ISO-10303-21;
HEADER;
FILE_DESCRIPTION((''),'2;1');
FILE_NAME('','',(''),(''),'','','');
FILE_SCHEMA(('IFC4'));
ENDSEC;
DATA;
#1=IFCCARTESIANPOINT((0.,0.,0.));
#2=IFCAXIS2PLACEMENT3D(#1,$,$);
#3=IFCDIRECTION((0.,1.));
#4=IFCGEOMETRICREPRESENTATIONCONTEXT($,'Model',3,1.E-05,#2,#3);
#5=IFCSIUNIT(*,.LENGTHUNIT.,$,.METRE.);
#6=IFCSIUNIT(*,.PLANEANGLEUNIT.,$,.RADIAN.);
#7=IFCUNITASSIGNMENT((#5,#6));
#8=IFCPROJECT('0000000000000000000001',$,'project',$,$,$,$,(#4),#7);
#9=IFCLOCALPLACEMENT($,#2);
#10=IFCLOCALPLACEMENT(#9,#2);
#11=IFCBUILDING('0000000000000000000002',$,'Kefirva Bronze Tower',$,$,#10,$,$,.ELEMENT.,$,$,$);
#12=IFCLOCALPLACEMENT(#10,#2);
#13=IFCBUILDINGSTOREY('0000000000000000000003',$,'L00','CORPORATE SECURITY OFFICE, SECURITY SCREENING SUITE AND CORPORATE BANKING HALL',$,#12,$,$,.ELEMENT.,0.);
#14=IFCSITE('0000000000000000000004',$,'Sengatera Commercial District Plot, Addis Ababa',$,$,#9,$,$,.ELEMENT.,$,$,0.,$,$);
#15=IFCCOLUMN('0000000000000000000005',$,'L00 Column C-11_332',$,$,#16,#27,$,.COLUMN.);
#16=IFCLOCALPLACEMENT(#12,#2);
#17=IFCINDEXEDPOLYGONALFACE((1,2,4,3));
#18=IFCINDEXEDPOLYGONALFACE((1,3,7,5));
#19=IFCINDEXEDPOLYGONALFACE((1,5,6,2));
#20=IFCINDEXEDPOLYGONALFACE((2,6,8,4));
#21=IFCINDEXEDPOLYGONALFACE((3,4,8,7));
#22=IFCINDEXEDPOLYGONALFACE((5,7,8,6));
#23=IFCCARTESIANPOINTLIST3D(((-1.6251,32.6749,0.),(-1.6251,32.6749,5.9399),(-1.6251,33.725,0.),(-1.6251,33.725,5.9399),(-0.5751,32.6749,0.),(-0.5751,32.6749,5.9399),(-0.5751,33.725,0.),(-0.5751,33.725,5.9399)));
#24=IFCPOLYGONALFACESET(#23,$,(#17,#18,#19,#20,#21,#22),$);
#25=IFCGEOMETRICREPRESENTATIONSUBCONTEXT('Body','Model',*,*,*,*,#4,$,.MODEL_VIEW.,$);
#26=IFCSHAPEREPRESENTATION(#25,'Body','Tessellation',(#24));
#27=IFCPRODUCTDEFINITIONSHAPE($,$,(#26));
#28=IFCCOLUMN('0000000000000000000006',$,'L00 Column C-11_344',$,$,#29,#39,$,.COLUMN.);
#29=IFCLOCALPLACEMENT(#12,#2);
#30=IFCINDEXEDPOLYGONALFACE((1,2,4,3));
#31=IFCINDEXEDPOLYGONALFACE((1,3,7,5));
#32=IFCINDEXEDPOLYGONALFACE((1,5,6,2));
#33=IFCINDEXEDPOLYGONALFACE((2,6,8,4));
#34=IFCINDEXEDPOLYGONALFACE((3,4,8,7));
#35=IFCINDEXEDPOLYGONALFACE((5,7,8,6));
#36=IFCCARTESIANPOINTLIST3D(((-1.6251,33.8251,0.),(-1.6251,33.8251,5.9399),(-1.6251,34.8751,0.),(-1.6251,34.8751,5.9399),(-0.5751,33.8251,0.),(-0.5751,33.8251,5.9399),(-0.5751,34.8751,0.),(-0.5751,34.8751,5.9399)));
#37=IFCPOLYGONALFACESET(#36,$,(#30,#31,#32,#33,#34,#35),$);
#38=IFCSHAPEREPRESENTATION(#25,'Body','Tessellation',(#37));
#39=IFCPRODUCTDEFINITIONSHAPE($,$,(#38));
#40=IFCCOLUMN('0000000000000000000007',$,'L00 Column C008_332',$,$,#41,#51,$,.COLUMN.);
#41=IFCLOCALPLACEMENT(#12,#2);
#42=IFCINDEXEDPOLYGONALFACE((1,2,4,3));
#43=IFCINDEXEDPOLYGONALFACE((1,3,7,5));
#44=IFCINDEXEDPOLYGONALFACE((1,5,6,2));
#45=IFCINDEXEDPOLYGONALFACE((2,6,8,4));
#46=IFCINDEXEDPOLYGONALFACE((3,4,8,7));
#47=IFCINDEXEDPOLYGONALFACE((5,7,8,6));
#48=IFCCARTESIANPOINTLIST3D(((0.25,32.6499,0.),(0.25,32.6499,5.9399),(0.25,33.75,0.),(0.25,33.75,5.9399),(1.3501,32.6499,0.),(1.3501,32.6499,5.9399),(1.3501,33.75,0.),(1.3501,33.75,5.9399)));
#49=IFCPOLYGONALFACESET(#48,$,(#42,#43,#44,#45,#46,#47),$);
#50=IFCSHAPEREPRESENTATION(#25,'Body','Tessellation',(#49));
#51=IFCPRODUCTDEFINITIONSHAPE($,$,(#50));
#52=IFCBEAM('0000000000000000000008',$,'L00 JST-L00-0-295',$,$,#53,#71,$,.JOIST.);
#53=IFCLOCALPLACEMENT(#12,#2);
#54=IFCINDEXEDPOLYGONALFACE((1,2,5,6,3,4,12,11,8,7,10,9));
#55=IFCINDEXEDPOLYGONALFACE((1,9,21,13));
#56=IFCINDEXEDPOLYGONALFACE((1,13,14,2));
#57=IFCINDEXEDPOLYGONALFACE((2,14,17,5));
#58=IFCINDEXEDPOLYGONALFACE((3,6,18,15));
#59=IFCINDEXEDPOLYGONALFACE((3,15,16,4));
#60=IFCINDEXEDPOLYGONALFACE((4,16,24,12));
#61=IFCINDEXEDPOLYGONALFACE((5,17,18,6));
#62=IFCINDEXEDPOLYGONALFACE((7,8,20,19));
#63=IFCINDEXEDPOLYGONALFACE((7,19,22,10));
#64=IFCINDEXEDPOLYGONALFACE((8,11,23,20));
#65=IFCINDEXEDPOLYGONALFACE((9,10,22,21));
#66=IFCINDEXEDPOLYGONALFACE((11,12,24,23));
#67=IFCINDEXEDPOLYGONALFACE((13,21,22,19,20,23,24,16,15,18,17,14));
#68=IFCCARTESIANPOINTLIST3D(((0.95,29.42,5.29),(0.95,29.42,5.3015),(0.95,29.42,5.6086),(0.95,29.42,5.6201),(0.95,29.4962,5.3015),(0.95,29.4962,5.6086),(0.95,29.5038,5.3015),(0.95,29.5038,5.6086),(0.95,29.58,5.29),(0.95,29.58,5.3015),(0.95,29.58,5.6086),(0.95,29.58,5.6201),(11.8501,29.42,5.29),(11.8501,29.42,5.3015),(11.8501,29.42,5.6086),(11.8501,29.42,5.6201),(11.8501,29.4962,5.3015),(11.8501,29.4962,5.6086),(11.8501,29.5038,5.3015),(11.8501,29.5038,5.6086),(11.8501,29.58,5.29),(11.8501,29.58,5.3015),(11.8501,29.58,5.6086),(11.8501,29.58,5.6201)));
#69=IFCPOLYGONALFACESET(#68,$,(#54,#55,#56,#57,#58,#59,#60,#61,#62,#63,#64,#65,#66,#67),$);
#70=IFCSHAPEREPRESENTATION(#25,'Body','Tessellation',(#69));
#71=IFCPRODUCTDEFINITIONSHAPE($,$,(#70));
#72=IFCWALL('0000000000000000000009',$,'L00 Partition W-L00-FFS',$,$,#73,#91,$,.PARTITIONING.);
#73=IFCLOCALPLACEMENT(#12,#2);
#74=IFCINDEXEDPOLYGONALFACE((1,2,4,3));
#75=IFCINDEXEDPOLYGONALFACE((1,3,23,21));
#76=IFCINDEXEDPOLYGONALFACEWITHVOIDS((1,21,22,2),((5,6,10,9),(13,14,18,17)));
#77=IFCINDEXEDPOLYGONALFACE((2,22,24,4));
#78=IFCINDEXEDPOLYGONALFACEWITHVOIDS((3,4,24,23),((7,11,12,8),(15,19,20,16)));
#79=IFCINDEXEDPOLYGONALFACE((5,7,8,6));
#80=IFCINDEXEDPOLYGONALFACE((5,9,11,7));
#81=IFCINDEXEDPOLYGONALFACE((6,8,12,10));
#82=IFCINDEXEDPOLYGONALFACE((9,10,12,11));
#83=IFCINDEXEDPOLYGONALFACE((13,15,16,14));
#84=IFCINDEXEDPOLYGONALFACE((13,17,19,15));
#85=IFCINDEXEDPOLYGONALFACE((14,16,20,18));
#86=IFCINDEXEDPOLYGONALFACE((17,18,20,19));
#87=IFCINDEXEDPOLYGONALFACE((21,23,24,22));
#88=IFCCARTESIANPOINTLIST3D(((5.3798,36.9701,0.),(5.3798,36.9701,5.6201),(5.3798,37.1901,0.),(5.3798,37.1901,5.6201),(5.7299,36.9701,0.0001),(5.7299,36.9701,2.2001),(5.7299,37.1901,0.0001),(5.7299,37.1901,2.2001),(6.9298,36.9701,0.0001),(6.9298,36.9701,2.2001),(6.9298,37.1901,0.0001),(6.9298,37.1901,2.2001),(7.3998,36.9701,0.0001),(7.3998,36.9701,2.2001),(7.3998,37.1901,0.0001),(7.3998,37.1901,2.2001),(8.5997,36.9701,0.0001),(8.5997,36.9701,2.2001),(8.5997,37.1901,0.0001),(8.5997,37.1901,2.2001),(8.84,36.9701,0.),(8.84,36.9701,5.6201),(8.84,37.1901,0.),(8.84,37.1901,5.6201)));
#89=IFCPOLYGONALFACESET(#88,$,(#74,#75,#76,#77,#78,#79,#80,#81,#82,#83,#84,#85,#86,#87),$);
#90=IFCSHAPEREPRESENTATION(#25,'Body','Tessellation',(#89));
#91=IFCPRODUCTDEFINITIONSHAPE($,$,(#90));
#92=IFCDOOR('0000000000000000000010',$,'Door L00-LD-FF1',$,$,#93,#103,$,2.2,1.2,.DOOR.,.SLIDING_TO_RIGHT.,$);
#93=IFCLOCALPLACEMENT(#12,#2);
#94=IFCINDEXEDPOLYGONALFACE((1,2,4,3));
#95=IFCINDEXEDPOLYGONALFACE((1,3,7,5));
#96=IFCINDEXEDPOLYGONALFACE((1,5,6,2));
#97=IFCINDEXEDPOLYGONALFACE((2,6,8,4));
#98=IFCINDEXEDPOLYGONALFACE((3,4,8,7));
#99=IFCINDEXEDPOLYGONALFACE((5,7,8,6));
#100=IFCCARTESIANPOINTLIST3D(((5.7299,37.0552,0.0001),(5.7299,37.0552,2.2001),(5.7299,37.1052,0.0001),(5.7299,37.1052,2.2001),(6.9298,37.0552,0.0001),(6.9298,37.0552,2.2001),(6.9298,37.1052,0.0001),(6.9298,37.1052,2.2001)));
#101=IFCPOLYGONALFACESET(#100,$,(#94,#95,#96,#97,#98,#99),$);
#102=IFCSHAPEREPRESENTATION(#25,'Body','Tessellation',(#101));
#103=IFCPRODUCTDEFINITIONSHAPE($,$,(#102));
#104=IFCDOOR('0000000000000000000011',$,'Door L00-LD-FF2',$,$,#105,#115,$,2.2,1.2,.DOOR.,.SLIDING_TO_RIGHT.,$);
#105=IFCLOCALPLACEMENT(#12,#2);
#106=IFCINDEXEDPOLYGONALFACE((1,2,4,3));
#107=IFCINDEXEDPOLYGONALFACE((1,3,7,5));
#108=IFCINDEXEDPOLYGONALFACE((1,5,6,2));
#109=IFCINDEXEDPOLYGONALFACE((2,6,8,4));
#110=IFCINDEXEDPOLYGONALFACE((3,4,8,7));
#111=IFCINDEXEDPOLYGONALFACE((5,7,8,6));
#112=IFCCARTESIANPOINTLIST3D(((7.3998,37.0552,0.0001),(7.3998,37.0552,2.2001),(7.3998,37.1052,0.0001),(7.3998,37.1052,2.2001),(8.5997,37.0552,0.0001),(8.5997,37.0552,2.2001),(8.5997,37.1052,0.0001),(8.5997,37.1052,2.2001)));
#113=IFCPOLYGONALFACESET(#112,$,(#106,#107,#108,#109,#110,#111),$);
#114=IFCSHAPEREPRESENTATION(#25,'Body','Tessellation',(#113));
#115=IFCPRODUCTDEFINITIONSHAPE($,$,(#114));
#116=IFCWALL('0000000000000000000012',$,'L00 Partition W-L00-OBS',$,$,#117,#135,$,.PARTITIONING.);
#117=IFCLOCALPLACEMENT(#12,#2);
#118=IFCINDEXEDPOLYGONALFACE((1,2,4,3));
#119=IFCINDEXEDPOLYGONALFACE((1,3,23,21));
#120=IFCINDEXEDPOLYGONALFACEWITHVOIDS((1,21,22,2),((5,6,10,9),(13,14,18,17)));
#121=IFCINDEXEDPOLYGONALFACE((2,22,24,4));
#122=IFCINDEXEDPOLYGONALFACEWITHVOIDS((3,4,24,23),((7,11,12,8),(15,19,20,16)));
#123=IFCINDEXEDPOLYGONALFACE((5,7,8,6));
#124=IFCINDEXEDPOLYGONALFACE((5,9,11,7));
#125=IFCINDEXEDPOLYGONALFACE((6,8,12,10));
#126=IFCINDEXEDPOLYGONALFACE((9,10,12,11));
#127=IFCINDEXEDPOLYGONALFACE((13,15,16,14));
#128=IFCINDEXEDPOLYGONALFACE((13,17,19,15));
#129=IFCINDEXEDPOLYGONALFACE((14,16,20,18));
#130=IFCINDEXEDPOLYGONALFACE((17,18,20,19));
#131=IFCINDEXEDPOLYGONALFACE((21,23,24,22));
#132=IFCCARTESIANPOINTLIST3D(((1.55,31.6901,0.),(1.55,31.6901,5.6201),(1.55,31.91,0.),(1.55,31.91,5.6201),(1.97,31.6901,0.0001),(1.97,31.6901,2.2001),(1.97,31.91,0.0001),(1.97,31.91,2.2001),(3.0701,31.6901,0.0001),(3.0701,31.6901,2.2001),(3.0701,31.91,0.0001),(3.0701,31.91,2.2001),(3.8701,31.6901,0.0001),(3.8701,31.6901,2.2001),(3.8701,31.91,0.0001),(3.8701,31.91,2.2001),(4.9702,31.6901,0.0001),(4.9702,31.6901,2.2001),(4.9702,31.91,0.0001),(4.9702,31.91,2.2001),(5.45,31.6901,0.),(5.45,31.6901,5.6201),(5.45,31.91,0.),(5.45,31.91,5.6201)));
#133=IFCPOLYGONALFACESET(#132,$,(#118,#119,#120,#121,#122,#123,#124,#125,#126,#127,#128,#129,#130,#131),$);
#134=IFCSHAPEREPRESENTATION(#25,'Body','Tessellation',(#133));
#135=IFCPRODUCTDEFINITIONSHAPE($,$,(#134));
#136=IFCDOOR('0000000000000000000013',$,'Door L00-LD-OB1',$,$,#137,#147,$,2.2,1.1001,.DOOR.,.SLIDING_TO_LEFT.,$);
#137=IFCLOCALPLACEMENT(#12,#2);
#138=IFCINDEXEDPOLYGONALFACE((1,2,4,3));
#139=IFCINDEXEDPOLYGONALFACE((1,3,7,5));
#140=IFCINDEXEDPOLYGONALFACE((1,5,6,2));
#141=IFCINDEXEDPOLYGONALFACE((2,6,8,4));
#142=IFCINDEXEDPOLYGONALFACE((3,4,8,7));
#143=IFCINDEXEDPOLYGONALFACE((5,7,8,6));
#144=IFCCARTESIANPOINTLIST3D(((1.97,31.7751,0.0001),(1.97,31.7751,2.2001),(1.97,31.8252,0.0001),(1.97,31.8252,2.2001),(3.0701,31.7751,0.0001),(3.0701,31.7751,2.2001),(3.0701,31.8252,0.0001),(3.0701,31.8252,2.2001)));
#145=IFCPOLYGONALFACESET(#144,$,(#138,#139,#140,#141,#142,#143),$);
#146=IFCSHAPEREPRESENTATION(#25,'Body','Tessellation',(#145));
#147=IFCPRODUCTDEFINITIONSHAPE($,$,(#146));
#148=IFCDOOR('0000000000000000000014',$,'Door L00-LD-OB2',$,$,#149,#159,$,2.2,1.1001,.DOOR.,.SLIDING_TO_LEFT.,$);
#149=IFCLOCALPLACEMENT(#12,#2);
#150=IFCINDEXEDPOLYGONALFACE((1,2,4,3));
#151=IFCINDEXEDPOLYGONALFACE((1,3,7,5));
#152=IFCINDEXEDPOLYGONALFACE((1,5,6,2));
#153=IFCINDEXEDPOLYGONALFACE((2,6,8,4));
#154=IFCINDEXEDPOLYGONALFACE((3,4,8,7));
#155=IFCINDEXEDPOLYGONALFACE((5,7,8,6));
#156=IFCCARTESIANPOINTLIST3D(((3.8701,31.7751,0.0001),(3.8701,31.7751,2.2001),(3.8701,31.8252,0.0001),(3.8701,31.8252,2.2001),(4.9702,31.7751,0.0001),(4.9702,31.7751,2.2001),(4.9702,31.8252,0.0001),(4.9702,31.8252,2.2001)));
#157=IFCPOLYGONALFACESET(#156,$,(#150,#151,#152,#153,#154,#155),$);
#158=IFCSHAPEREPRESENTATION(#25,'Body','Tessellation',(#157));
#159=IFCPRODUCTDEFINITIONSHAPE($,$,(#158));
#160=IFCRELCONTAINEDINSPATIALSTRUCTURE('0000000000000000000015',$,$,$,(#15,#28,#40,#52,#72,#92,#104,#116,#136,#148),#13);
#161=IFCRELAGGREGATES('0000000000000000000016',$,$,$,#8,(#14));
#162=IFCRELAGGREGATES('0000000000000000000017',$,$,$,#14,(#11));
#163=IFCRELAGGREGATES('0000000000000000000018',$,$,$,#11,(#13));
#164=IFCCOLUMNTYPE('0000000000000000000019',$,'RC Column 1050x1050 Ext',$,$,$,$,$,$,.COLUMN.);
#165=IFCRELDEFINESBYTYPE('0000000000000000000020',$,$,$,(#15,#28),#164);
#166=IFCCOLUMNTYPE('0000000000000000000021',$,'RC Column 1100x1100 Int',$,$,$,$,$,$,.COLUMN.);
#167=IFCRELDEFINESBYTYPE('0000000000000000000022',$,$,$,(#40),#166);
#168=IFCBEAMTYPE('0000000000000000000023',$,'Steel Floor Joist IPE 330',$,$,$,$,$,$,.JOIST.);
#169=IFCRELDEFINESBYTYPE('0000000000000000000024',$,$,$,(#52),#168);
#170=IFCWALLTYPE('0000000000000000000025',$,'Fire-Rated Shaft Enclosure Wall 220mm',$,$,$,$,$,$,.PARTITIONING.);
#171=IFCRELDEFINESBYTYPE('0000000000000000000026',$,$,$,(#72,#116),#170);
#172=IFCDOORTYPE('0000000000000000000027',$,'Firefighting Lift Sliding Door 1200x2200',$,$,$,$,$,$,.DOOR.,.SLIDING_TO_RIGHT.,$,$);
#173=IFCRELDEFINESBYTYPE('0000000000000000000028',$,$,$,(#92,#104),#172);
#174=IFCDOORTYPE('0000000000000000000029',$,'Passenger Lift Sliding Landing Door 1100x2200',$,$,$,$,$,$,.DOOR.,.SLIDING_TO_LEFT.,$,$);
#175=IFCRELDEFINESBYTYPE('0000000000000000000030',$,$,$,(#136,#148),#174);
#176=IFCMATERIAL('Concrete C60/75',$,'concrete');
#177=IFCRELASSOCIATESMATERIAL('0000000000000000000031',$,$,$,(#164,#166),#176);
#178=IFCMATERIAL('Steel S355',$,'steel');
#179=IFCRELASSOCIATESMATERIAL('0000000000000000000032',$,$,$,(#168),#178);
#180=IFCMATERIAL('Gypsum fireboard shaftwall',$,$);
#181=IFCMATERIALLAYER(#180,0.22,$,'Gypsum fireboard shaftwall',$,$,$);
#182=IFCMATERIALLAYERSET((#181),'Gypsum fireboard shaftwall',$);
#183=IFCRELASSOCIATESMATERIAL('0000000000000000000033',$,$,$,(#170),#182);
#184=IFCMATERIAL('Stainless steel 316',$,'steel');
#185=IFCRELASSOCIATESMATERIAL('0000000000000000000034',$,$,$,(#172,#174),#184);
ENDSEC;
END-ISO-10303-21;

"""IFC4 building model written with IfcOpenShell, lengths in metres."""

from ifc_helpers import new_model, si_unit, direction, frame, frame_2d, origin, origin_2d, place, context, subcontext, project, spatial, rectangle, i_section, extrude, material, layer, layer_set, material_profile, profile_set, type_object, element, fill, save


model = new_model("IFC4")

# Units and contexts
model_context = context("Model", 3, precision=1e-05, world=origin(), true_north=direction((0.0, 1.0)))
body_context = subcontext(model_context, "Body", "Model", "MODEL_VIEW")
ifc_project = project(units=[si_unit("LENGTHUNIT", "METRE"), si_unit("PLANEANGLEUNIT", "RADIAN")], contexts=[model_context])

# Site, building, storey
site_placement = place(None, origin())
site = spatial("IfcSite", under=ifc_project, at=site_placement, Name="Sengatera Commercial District Plot, Addis Ababa", CompositionType="ELEMENT", RefElevation=0.0)
building_placement = place(site_placement, origin())
building = spatial("IfcBuilding", under=site, at=building_placement, Name="Kefirva Bronze Tower", CompositionType="ELEMENT")
storey_placement = place(building_placement, origin())
storey = spatial("IfcBuildingStorey", under=building, at=storey_placement, Name="L00", Description="CORPORATE SECURITY OFFICE, SECURITY SCREENING SUITE AND CORPORATE BANKING HALL", CompositionType="ELEMENT", Elevation=0.0)

# Columns
ifc_material_1 = material(Name="Concrete C60/75", Category="concrete")
ifc_material_profile_1 = material_profile(ifc_material_1, rectangle(XDim=1.05, YDim=1.05, at=origin_2d()), Name="RC 1050x1050")
ifc_profile_set_1 = profile_set([ifc_material_profile_1], Name="Concrete C60/75")
column_type_1 = type_object("IfcColumnType", Name="RC Column 1050x1050 Ext", PredefinedType="COLUMN", material=ifc_profile_set_1)
for number, where, z_axis, x_axis, name in (
    (1, (-1.1001, 33.2, 0.0), (0.0, 0.0, 1.0), (1.0, 0.0, 0.0), "L00 Column C-11_332"),
    (2, (-1.1001, 34.3501, 0.0), (0.0, 0.0, 1.0), (1.0, 0.0, 0.0), "L00 Column C-11_344"),
):
    element("IfcColumn", number, at=place(storey_placement, frame(where, z_axis=z_axis, x_axis=x_axis)), inside=storey, type_object=column_type_1, Name=name, PredefinedType="COLUMN", context=body_context, shape_type="SweptSolid", body=[
        extrude(rectangle(XDim=1.05, YDim=1.05, at=origin_2d()), origin(), (0.0, 0.0, 1.0), 5.9399),
    ])
ifc_material_profile_2 = material_profile(ifc_material_1, rectangle(XDim=1.1001, YDim=1.1001, at=origin_2d()), Name="RC 1100x1100")
ifc_profile_set_2 = profile_set([ifc_material_profile_2], Name="Concrete C60/75")
column_type_2 = type_object("IfcColumnType", Name="RC Column 1100x1100 Int", PredefinedType="COLUMN", material=ifc_profile_set_2)
column_placement = place(storey_placement, frame((0.8, 33.2, 0.0), z_axis=(0.0, 0.0, 1.0), x_axis=(1.0, 0.0, 0.0)))
element("IfcColumn", 3, at=column_placement, inside=storey, type_object=column_type_2, Name="L00 Column C008_332", PredefinedType="COLUMN", context=body_context, shape_type="SweptSolid", body=[
    extrude(rectangle(XDim=1.1001, YDim=1.1001, at=origin_2d()), origin(), (0.0, 0.0, 1.0), 5.9399),
])

# Beam
ifc_material_2 = material(Name="Steel S355", Category="steel")
ifc_material_profile_3 = material_profile(ifc_material_2, i_section(OverallWidth=0.1599, OverallDepth=0.3301, WebThickness=0.0076, FlangeThickness=0.0115, at=origin_2d()), Name="IPE 330")
ifc_profile_set_3 = profile_set([ifc_material_profile_3], Name="Steel S355")
beam_type = type_object("IfcBeamType", Name="Steel Floor Joist IPE 330", PredefinedType="JOIST", material=ifc_profile_set_3)
beam_placement = place(storey_placement, frame((0.95, 29.5, 5.4551), z_axis=(1.0, 0.0, 0.0), x_axis=(0.0, 1.0, 0.0)))
element("IfcBeam", 4, at=beam_placement, inside=storey, type_object=beam_type, Name="L00 JST-L00-0-295", PredefinedType="JOIST", context=body_context, shape_type="SweptSolid", body=[
    extrude(i_section(OverallWidth=0.1599, OverallDepth=0.3301, WebThickness=0.0076, FlangeThickness=0.0115, at=origin_2d()), origin(), (0.0, 0.0, 1.0), 10.9001),
])

# Walls, openings, doors
ifc_material_3 = material(Name="Gypsum fireboard shaftwall")
ifc_layer_1 = layer(ifc_material_3, 0.22, Name="Gypsum fireboard shaftwall")
ifc_layer_set_1 = layer_set([ifc_layer_1], Name="Gypsum fireboard shaftwall")
wall_type_1 = type_object("IfcWallType", Name="Fire-Rated Shaft Enclosure Wall 220mm", PredefinedType="PARTITIONING", material=ifc_layer_set_1)
wall_1_placement = place(storey_placement, frame((5.3799, 37.0801, 0.0), z_axis=(0.0, 0.0, 1.0), x_axis=(1.0, 0.0, 0.0)))
wall_1 = element("IfcWall", 5, at=wall_1_placement, inside=storey, type_object=wall_type_1, Name="L00 Partition W-L00-FFS", PredefinedType="PARTITIONING", context=body_context, shape_type="SweptSolid", body=[
    extrude(rectangle(XDim=3.4602, YDim=0.22, at=frame_2d((1.73, 0.0))), origin(), (0.0, 0.0, 1.0), 5.6201),
])
opening_1_placement = place(wall_1_placement, frame((1.55, 0.0, 0.0), z_axis=(0.0, 0.0, 1.0), x_axis=(-1.0, 0.0, 0.0)))
opening_1 = element("IfcOpeningElement", 6, at=opening_1_placement, cuts=wall_1, PredefinedType="OPENING", context=body_context, shape_type="SweptSolid", body=[
    extrude(rectangle(XDim=1.2, YDim=2.2, at=frame_2d((0.6001, 1.1001))), frame((0.0, 0.1201, 0.0), z_axis=(0.0, -1.0, 0.0), x_axis=(1.0, 0.0, 0.0)), (0.0, 0.0, 1.0), 0.24),
])
opening_2_placement = place(wall_1_placement, frame((3.22, 0.0, 0.0), z_axis=(0.0, 0.0, 1.0), x_axis=(-1.0, 0.0, 0.0)))
opening_2 = element("IfcOpeningElement", 7, at=opening_2_placement, cuts=wall_1, PredefinedType="OPENING", context=body_context, shape_type="SweptSolid", body=[
    extrude(rectangle(XDim=1.2, YDim=2.2, at=frame_2d((0.6001, 1.1001))), frame((0.0, 0.1201, 0.0), z_axis=(0.0, -1.0, 0.0), x_axis=(1.0, 0.0, 0.0)), (0.0, 0.0, 1.0), 0.24),
])
ifc_material_4 = material(Name="Stainless steel 316", Category="steel")
door_type_1 = type_object("IfcDoorType", Name="Firefighting Lift Sliding Door 1200x2200", OperationType="SLIDING_TO_RIGHT", PredefinedType="DOOR", material=ifc_material_4)
door_1_placement = place(opening_1_placement, origin())
door_1 = element("IfcDoor", 8, at=door_1_placement, inside=storey, type_object=door_type_1, Name="Door L00-LD-FF1", OperationType="SLIDING_TO_RIGHT", OverallHeight=2.2, OverallWidth=1.2, PredefinedType="DOOR", context=body_context, shape_type="SweptSolid", body=[
    extrude(rectangle(XDim=1.2, YDim=2.2, at=frame_2d((0.6001, 1.1001))), frame((0.0, 0.0249, 0.0), z_axis=(0.0, -1.0, 0.0), x_axis=(1.0, 0.0, 0.0)), (0.0, 0.0, 1.0), 0.05),
])
fill(opening_1, door_1)
door_2_placement = place(opening_2_placement, origin())
door_2 = element("IfcDoor", 9, at=door_2_placement, inside=storey, type_object=door_type_1, Name="Door L00-LD-FF2", OperationType="SLIDING_TO_RIGHT", OverallHeight=2.2, OverallWidth=1.2, PredefinedType="DOOR", context=body_context, shape_type="SweptSolid", body=[
    extrude(rectangle(XDim=1.2, YDim=2.2, at=frame_2d((0.6001, 1.1001))), frame((0.0, 0.0249, 0.0), z_axis=(0.0, -1.0, 0.0), x_axis=(1.0, 0.0, 0.0)), (0.0, 0.0, 1.0), 0.05),
])
fill(opening_2, door_2)
wall_2_placement = place(storey_placement, frame((1.55, 31.8, 0.0), z_axis=(0.0, 0.0, 1.0), x_axis=(1.0, 0.0, 0.0)))
wall_2 = element("IfcWall", 10, at=wall_2_placement, inside=storey, type_object=wall_type_1, Name="L00 Partition W-L00-OBS", PredefinedType="PARTITIONING", context=body_context, shape_type="SweptSolid", body=[
    extrude(rectangle(XDim=3.8999, YDim=0.22, at=frame_2d((1.95, 0.0))), origin(), (0.0, 0.0, 1.0), 5.6201),
])
opening_3_placement = place(wall_2_placement, frame((1.52, 0.0, 0.0), z_axis=(0.0, 0.0, 1.0), x_axis=(-1.0, 0.0, 0.0)))
opening_3 = element("IfcOpeningElement", 11, at=opening_3_placement, cuts=wall_2, PredefinedType="OPENING", context=body_context, shape_type="SweptSolid", body=[
    extrude(rectangle(XDim=1.1001, YDim=2.2, at=frame_2d((0.55, 1.1001))), frame((0.0, 0.1201, 0.0), z_axis=(0.0, -1.0, 0.0), x_axis=(1.0, 0.0, 0.0)), (0.0, 0.0, 1.0), 0.24),
])
opening_4_placement = place(wall_2_placement, frame((3.4202, 0.0, 0.0), z_axis=(0.0, 0.0, 1.0), x_axis=(-1.0, 0.0, 0.0)))
opening_4 = element("IfcOpeningElement", 12, at=opening_4_placement, cuts=wall_2, PredefinedType="OPENING", context=body_context, shape_type="SweptSolid", body=[
    extrude(rectangle(XDim=1.1001, YDim=2.2, at=frame_2d((0.55, 1.1001))), frame((0.0, 0.1201, 0.0), z_axis=(0.0, -1.0, 0.0), x_axis=(1.0, 0.0, 0.0)), (0.0, 0.0, 1.0), 0.24),
])
door_type_2 = type_object("IfcDoorType", Name="Passenger Lift Sliding Landing Door 1100x2200", OperationType="SLIDING_TO_LEFT", PredefinedType="DOOR", material=ifc_material_4)
door_3_placement = place(opening_3_placement, origin())
door_3 = element("IfcDoor", 13, at=door_3_placement, inside=storey, type_object=door_type_2, Name="Door L00-LD-OB1", OperationType="SLIDING_TO_LEFT", OverallHeight=2.2, OverallWidth=1.1001, PredefinedType="DOOR", context=body_context, shape_type="SweptSolid", body=[
    extrude(rectangle(XDim=1.1001, YDim=2.2, at=frame_2d((0.55, 1.1001))), frame((0.0, 0.0249, 0.0), z_axis=(0.0, -1.0, 0.0), x_axis=(1.0, 0.0, 0.0)), (0.0, 0.0, 1.0), 0.05),
])
fill(opening_3, door_3)
door_4_placement = place(opening_4_placement, origin())
door_4 = element("IfcDoor", 14, at=door_4_placement, inside=storey, type_object=door_type_2, Name="Door L00-LD-OB2", OperationType="SLIDING_TO_LEFT", OverallHeight=2.2, OverallWidth=1.1001, PredefinedType="DOOR", context=body_context, shape_type="SweptSolid", body=[
    extrude(rectangle(XDim=1.1001, YDim=2.2, at=frame_2d((0.55, 1.1001))), frame((0.0, 0.0249, 0.0), z_axis=(0.0, -1.0, 0.0), x_axis=(1.0, 0.0, 0.0)), (0.0, 0.0, 1.0), 0.05),
])
fill(opening_4, door_4)

save(model, "model.ifc")
